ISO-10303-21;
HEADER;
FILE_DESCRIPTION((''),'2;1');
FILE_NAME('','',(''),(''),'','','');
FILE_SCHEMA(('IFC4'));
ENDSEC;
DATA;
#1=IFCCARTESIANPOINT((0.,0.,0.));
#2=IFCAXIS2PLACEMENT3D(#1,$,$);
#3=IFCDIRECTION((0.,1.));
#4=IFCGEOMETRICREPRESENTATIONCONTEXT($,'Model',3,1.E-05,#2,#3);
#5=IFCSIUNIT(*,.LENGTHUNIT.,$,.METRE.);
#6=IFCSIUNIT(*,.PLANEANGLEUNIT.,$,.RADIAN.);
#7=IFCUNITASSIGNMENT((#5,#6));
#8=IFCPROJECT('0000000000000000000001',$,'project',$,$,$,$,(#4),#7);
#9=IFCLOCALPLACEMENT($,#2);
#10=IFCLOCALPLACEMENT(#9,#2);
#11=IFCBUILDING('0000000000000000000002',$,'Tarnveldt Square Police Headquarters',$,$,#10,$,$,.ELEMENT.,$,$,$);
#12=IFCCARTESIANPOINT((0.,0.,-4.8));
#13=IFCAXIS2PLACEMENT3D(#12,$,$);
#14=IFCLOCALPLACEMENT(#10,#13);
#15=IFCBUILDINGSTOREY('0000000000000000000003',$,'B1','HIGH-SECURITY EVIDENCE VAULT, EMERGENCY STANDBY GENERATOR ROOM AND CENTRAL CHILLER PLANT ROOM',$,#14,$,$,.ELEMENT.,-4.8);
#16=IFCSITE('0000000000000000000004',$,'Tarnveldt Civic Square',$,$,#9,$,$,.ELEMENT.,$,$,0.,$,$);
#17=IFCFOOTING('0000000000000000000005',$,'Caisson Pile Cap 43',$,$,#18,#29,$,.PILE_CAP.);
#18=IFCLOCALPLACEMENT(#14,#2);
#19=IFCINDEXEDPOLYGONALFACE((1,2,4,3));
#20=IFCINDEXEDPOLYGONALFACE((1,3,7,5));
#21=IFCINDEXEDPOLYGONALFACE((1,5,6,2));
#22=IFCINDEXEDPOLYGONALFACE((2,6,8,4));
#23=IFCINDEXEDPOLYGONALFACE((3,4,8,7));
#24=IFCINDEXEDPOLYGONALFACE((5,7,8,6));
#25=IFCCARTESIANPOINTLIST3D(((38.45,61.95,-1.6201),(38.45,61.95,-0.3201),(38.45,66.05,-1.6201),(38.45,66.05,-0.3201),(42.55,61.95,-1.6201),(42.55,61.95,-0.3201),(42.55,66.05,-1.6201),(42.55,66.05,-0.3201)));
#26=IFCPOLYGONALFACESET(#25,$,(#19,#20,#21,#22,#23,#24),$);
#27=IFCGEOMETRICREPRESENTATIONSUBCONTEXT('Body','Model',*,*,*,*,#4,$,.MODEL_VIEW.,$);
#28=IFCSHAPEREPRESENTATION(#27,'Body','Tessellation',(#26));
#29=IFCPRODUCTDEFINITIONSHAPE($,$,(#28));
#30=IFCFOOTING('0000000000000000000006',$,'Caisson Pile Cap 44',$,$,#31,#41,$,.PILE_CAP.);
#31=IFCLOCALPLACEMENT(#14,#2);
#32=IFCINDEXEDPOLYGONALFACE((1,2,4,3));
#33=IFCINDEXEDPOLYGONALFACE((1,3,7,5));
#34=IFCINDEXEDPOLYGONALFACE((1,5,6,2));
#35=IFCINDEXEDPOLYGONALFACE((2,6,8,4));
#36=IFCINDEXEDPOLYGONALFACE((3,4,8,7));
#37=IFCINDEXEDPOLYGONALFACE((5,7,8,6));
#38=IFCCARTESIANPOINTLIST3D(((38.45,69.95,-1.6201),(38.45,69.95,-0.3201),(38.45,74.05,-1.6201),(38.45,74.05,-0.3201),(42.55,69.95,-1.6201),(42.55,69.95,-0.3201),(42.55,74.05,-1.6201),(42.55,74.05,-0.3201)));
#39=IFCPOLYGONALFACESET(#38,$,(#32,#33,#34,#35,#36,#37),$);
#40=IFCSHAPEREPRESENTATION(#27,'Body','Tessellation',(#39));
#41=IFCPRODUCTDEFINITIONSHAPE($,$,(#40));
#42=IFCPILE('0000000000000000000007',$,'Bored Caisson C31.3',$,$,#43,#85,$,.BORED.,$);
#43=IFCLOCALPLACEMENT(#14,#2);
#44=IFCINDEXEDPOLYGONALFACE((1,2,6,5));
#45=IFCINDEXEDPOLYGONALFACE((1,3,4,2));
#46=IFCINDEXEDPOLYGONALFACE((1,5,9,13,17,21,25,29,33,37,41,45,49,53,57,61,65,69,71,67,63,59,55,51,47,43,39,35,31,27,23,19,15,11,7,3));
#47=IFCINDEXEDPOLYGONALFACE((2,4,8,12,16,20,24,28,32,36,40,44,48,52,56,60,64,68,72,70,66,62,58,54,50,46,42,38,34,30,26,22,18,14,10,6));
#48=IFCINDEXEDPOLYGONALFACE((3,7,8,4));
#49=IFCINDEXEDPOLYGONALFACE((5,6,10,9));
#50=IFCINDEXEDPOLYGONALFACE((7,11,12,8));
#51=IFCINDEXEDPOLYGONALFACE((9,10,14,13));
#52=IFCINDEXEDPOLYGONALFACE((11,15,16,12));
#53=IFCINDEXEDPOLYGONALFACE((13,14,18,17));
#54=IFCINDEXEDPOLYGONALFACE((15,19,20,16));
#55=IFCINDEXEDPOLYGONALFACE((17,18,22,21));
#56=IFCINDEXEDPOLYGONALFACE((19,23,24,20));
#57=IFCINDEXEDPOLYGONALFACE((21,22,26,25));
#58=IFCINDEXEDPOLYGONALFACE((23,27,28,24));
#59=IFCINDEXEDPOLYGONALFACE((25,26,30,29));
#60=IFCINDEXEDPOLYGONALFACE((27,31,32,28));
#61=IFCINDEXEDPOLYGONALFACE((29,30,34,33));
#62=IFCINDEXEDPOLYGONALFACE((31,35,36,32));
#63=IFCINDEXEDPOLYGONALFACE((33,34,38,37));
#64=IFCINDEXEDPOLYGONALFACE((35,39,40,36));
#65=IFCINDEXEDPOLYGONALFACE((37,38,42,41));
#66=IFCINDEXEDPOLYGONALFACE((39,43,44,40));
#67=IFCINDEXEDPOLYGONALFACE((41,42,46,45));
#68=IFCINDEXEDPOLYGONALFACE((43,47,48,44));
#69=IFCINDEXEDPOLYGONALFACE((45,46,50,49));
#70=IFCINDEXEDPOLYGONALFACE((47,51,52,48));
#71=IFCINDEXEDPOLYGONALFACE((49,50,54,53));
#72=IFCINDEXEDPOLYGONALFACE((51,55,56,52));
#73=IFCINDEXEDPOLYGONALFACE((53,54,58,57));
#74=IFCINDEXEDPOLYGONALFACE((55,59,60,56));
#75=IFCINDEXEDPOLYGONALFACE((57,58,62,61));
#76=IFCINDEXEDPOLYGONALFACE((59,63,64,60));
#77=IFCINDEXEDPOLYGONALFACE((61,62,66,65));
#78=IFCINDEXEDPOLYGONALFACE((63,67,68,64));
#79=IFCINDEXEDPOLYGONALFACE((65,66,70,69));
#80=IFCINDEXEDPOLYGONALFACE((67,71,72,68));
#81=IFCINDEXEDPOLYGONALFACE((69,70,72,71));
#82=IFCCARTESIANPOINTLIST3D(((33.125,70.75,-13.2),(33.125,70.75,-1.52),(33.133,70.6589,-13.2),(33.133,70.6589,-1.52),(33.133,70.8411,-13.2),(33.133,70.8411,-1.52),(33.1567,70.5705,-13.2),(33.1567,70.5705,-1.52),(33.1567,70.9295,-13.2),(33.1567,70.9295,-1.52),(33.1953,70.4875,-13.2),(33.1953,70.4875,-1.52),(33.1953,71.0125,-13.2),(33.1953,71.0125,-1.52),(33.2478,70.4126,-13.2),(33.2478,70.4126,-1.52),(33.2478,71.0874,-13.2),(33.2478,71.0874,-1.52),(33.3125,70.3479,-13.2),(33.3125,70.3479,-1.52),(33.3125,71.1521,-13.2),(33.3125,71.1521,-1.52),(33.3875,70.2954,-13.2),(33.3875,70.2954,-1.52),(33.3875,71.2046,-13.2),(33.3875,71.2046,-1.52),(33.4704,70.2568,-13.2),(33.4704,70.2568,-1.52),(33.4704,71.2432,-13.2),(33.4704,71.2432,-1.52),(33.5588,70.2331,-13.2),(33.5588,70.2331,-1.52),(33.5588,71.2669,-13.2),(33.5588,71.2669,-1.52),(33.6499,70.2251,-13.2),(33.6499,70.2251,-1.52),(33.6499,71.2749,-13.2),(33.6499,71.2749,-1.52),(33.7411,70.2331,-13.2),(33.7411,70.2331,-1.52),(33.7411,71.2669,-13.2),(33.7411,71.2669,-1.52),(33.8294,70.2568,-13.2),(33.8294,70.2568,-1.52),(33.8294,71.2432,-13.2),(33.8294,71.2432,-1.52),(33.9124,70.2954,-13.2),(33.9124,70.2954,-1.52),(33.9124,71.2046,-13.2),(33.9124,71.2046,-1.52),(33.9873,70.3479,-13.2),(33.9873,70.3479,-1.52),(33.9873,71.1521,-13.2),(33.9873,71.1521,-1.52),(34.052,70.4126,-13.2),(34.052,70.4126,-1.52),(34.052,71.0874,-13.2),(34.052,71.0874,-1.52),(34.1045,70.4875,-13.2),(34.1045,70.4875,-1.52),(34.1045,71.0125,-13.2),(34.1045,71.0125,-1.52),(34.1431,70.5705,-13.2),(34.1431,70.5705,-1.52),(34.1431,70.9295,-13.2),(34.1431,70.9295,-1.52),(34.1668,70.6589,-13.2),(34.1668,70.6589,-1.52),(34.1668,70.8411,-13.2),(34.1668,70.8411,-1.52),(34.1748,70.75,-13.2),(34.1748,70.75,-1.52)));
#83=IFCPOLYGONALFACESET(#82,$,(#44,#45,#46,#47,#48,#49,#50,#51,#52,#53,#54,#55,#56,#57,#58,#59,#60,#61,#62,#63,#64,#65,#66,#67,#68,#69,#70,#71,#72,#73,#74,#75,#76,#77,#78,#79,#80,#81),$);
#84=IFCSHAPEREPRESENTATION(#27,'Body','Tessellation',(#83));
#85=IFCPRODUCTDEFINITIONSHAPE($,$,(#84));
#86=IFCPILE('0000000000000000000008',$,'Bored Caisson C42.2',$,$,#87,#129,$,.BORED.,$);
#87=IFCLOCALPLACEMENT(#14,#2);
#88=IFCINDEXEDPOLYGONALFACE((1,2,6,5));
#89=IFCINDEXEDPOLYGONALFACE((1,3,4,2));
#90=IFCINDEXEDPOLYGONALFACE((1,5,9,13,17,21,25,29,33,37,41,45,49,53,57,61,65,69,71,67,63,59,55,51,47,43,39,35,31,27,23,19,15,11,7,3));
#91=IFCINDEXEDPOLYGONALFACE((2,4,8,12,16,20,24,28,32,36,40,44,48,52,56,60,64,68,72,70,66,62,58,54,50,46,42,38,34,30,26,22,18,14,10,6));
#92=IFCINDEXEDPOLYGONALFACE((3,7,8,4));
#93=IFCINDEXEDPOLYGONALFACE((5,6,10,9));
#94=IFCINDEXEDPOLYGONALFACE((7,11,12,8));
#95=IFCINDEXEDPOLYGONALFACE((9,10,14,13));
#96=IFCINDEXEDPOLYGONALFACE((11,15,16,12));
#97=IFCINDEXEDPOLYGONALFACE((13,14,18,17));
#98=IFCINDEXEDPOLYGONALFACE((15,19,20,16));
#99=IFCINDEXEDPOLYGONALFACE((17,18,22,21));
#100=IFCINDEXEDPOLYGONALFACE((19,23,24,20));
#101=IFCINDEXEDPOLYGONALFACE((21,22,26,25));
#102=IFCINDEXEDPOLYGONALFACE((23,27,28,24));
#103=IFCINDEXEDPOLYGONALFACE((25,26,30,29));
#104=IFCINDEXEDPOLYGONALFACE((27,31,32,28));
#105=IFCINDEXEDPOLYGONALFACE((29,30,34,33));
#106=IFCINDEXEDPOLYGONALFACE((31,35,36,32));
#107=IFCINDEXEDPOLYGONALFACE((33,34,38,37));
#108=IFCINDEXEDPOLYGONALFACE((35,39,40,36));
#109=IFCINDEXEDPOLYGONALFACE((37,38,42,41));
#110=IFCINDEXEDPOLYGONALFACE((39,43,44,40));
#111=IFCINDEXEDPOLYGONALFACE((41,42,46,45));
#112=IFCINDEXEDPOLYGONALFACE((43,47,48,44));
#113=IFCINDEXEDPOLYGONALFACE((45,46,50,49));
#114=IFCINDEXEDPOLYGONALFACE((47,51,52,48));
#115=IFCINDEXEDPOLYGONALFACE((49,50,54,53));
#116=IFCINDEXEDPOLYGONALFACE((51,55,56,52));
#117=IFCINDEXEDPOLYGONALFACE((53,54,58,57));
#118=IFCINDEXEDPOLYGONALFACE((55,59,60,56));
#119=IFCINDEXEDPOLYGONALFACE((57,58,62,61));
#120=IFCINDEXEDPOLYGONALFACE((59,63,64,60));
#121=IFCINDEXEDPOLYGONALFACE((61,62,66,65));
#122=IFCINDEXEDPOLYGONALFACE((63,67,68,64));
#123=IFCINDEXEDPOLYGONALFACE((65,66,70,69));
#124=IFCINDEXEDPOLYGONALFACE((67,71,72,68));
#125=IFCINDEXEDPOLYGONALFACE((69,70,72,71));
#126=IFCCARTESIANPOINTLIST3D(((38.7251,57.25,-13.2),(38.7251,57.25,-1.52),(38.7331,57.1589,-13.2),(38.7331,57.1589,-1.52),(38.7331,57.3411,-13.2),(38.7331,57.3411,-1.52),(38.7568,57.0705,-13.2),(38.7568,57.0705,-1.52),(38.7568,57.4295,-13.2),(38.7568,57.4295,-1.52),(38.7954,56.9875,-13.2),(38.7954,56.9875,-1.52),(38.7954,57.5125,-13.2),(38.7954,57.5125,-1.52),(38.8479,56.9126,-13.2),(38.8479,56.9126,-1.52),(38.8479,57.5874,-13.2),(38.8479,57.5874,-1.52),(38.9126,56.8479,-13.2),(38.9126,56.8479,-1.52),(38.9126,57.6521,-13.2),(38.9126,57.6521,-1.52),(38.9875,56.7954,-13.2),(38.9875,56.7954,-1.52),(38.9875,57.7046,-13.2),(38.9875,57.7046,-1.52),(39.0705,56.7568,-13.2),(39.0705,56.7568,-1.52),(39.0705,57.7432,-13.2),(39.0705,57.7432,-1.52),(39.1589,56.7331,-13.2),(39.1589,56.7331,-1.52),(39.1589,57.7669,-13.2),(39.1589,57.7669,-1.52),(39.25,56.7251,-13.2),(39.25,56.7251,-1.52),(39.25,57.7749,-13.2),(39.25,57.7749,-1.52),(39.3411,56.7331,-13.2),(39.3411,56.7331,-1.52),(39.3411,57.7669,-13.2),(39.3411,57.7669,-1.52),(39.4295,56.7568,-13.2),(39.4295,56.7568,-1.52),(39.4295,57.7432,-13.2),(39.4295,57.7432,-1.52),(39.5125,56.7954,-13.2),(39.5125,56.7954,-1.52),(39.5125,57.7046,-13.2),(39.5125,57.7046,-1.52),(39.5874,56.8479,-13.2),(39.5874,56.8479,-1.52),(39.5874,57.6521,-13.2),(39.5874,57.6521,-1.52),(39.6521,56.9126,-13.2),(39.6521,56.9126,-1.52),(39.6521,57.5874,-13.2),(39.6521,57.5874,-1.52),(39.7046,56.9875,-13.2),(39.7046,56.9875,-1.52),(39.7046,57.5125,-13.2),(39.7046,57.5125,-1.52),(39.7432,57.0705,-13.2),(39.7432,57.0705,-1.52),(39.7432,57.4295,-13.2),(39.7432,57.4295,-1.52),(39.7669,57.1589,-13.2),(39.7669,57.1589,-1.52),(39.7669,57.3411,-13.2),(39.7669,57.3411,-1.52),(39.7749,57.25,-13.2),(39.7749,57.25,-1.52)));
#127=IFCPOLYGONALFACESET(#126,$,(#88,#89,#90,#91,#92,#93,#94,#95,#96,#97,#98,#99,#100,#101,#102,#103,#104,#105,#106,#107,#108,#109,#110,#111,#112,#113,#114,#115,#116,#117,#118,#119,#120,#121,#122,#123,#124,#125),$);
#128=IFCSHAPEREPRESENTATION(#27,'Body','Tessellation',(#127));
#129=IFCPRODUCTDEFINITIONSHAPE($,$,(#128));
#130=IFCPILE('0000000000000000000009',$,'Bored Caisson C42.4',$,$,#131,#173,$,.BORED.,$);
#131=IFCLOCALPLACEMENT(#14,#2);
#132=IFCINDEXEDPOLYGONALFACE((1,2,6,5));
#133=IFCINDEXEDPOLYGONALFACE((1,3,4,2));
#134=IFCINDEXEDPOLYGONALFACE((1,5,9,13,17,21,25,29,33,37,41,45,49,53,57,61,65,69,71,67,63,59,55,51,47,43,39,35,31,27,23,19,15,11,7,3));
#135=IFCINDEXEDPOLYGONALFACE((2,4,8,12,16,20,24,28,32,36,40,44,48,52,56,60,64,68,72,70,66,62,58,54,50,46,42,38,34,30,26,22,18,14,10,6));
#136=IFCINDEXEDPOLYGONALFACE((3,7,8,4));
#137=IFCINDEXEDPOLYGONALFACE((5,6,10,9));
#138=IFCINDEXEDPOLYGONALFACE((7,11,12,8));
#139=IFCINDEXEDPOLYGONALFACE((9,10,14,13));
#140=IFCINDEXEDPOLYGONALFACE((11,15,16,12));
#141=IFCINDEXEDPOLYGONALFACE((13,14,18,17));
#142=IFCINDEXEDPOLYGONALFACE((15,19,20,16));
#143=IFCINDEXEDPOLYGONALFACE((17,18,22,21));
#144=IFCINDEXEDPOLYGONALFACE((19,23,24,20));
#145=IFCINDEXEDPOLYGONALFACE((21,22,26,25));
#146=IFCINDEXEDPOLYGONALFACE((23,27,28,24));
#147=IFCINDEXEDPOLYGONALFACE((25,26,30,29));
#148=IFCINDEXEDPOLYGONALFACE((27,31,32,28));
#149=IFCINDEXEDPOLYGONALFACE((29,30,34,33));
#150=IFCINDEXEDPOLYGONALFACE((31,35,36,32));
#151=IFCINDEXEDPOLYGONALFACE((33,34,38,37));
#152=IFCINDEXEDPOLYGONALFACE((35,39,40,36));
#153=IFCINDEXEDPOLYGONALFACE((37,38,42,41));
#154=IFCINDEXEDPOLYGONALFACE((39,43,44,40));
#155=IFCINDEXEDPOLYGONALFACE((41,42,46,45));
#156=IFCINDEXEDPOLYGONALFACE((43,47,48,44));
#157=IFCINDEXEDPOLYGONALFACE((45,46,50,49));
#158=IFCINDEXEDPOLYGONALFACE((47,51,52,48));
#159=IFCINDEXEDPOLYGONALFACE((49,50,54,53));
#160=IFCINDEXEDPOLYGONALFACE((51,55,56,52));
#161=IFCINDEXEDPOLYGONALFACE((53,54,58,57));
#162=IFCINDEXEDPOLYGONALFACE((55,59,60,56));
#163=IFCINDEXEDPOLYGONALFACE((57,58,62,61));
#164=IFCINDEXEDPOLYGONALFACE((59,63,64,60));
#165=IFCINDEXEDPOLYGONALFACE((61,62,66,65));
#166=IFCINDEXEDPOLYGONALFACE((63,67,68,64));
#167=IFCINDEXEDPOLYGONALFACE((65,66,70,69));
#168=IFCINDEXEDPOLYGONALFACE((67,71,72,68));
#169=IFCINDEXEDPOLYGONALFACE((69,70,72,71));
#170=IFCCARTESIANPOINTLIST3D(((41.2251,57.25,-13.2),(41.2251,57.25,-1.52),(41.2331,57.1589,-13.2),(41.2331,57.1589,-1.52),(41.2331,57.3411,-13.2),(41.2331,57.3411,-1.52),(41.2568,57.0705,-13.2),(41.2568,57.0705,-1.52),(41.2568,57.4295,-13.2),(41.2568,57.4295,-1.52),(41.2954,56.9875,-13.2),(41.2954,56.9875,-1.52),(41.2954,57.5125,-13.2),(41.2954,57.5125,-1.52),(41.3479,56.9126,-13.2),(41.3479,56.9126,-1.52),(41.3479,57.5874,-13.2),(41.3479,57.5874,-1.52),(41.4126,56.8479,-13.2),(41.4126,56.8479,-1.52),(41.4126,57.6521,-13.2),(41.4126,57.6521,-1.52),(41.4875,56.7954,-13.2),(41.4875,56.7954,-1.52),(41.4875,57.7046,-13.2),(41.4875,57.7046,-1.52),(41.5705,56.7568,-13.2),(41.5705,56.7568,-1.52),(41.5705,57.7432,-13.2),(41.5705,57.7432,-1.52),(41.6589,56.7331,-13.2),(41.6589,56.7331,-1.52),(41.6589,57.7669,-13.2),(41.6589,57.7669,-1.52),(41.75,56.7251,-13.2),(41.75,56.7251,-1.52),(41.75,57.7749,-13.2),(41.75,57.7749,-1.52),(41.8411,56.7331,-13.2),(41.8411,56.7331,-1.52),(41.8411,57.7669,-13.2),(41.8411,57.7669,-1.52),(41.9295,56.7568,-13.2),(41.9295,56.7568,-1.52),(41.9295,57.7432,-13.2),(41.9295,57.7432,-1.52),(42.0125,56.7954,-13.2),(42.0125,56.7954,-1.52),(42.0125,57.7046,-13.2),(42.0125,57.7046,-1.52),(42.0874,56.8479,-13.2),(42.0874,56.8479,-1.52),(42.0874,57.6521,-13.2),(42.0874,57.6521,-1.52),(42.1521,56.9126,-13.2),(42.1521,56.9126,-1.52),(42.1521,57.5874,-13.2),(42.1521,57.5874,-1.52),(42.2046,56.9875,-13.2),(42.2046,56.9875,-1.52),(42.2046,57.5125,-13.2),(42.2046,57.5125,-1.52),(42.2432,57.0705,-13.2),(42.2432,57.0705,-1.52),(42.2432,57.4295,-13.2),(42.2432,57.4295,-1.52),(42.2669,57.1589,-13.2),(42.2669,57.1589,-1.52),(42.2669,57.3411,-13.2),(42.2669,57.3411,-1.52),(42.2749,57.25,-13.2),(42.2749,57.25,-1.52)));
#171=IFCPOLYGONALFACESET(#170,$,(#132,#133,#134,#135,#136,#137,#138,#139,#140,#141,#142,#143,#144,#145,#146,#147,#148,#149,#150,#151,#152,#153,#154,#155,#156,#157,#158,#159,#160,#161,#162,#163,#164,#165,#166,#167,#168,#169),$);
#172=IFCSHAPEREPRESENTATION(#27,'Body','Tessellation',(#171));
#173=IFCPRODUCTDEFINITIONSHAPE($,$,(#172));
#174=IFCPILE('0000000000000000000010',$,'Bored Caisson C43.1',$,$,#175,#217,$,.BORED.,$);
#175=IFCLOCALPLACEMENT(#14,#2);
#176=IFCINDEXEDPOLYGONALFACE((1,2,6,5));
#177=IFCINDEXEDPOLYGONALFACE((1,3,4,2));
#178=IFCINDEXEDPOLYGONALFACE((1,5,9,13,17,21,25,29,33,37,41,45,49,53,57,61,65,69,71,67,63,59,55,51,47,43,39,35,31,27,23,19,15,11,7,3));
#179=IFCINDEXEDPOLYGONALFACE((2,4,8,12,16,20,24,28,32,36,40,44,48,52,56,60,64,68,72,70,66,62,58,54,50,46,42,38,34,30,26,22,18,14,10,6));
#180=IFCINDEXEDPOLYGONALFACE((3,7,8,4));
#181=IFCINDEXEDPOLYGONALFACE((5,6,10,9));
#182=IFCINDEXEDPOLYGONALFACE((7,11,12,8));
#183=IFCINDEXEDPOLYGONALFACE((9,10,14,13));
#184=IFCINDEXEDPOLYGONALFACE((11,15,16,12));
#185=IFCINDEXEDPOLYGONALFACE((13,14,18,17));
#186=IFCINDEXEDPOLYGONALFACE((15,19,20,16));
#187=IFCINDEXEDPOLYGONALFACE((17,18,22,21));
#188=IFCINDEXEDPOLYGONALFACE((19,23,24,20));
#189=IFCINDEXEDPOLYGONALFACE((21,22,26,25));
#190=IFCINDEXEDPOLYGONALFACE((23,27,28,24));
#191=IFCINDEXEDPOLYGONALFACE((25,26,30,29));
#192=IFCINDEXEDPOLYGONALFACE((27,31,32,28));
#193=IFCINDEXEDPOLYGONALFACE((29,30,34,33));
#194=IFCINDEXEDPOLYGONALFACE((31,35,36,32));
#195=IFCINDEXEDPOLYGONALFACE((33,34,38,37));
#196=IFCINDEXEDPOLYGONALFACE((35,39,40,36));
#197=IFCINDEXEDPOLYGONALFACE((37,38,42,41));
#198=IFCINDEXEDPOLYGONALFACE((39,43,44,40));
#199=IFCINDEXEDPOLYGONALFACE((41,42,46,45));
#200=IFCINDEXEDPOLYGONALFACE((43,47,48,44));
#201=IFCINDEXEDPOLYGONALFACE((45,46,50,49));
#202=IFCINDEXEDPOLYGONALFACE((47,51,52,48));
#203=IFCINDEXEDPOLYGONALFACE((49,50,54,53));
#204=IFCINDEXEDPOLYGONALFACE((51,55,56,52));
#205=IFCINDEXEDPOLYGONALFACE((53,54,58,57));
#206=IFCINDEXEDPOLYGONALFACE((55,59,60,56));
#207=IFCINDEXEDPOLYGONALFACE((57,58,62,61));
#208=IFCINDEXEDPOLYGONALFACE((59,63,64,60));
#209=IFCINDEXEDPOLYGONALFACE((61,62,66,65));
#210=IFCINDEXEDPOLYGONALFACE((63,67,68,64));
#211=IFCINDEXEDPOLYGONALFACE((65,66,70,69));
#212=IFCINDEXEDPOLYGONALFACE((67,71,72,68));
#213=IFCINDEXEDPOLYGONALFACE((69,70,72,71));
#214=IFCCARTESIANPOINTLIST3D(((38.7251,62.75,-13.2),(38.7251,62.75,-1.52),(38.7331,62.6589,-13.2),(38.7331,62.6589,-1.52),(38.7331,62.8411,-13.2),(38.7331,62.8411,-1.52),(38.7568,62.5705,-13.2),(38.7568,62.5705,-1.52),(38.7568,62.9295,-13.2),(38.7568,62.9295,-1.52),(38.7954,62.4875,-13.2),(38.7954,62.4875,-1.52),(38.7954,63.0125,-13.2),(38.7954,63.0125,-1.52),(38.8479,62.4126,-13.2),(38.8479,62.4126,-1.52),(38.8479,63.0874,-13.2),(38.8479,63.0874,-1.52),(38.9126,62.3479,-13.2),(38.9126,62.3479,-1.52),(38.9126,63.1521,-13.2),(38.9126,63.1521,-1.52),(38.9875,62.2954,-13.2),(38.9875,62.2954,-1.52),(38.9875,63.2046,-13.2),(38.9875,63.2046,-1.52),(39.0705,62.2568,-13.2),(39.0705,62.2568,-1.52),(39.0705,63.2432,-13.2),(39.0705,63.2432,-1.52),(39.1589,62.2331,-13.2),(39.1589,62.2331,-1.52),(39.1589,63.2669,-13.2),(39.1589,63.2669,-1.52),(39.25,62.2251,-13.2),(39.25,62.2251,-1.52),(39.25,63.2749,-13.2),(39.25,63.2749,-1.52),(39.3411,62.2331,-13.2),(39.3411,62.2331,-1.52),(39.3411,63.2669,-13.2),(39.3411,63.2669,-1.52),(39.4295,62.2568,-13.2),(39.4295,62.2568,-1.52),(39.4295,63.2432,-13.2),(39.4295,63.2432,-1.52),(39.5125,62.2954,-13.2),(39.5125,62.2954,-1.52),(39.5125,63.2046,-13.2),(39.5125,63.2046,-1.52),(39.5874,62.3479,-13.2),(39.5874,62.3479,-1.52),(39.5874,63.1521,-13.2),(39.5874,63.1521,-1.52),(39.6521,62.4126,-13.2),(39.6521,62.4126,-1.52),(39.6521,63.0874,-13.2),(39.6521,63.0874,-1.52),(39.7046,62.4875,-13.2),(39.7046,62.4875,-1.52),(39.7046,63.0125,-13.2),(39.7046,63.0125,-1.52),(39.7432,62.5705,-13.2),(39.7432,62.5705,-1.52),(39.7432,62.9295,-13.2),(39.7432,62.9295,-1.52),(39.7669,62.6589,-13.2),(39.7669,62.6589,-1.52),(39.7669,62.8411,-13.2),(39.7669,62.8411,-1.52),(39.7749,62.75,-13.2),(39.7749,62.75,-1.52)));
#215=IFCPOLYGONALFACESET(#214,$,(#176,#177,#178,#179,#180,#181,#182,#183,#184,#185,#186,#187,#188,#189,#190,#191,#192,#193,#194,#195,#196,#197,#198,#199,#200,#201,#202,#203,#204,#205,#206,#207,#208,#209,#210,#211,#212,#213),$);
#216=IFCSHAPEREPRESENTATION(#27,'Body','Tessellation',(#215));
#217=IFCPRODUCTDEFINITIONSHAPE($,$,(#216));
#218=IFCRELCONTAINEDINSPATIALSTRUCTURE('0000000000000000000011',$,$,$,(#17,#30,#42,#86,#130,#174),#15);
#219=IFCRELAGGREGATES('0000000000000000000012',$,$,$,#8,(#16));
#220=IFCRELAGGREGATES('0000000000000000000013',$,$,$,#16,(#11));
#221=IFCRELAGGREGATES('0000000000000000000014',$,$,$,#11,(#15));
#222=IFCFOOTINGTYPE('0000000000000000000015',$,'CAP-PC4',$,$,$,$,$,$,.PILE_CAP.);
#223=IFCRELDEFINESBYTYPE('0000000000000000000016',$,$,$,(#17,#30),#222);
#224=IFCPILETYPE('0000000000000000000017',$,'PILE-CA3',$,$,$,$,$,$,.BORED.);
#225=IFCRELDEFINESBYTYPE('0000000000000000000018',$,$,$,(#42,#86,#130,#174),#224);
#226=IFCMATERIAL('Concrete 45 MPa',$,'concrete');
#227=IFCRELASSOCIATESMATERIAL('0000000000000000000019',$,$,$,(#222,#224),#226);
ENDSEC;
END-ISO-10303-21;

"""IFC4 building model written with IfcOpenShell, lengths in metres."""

from ifc_helpers import new_model, si_unit, direction, frame, origin, origin_2d, place, context, subcontext, project, spatial, rectangle, circle, extrude, material, material_profile, profile_set, type_object, element, save


model = new_model("IFC4")

# Units and contexts
model_context = context("Model", 3, precision=1e-05, world=origin(), true_north=direction((0.0, 1.0)))
body_context = subcontext(model_context, "Body", "Model", "MODEL_VIEW")
ifc_project = project(units=[si_unit("LENGTHUNIT", "METRE"), si_unit("PLANEANGLEUNIT", "RADIAN")], contexts=[model_context])

# Site, building, storey
site_placement = place(None, origin())
site = spatial("IfcSite", under=ifc_project, at=site_placement, Name="Tarnveldt Civic Square", CompositionType="ELEMENT", RefElevation=0.0)
building_placement = place(site_placement, origin())
building = spatial("IfcBuilding", under=site, at=building_placement, Name="Tarnveldt Square Police Headquarters", CompositionType="ELEMENT")
storey_placement = place(building_placement, frame((0.0, 0.0, -4.8)))
storey = spatial("IfcBuildingStorey", under=building, at=storey_placement, Name="B1", Description="HIGH-SECURITY EVIDENCE VAULT, EMERGENCY STANDBY GENERATOR ROOM AND CENTRAL CHILLER PLANT ROOM", CompositionType="ELEMENT", Elevation=-4.8)

# Footings
ifc_material_1 = material(Name="Concrete 45 MPa", Category="concrete")
footing_type = type_object("IfcFootingType", Name="CAP-PC4", PredefinedType="PILE_CAP", material=ifc_material_1)
for number, where, z_axis, x_axis, name in (
    (1, (40.5, 64.0, -1.6201), (0.0, 0.0, 1.0), (1.0, 0.0, 0.0), "Caisson Pile Cap 43"),
    (2, (40.5, 72.0, -1.6201), (0.0, 0.0, 1.0), (1.0, 0.0, 0.0), "Caisson Pile Cap 44"),
):
    element("IfcFooting", number, at=place(storey_placement, frame(where, z_axis=z_axis, x_axis=x_axis)), inside=storey, type_object=footing_type, Name=name, PredefinedType="PILE_CAP", context=body_context, shape_type="SweptSolid", body=[
        extrude(rectangle(XDim=4.1001, YDim=4.1001, at=origin_2d()), origin(), (0.0, 0.0, 1.0), 1.3),
    ])

# Piles
ifc_material_profile_1 = material_profile(ifc_material_1, circle(Radius=0.5249, at=origin_2d()), Name="CAISSON-D1050")
ifc_profile_set_1 = profile_set([ifc_material_profile_1], Name="Concrete 45 MPa")
pile_type = type_object("IfcPileType", Name="PILE-CA3", PredefinedType="BORED", material=ifc_profile_set_1)
for number, where, z_axis, x_axis, name in (
    (3, (33.6499, 70.75, -1.52), (0.0, 0.0, -1.0), (1.0, 0.0, 0.0), "Bored Caisson C31.3"),
    (4, (39.25, 57.25, -1.52), (0.0, 0.0, -1.0), (1.0, 0.0, 0.0), "Bored Caisson C42.2"),
    (5, (41.75, 57.25, -1.52), (0.0, 0.0, -1.0), (1.0, 0.0, 0.0), "Bored Caisson C42.4"),
    (6, (39.25, 62.75, -1.52), (0.0, 0.0, -1.0), (1.0, 0.0, 0.0), "Bored Caisson C43.1"),
):
    element("IfcPile", number, at=place(storey_placement, frame(where, z_axis=z_axis, x_axis=x_axis)), inside=storey, type_object=pile_type, Name=name, PredefinedType="BORED", context=body_context, shape_type="SweptSolid", body=[
        extrude(circle(Radius=0.5249, at=origin_2d()), origin(), (0.0, 0.0, 1.0), 11.6799),
    ])

save(model, "model.ifc")
